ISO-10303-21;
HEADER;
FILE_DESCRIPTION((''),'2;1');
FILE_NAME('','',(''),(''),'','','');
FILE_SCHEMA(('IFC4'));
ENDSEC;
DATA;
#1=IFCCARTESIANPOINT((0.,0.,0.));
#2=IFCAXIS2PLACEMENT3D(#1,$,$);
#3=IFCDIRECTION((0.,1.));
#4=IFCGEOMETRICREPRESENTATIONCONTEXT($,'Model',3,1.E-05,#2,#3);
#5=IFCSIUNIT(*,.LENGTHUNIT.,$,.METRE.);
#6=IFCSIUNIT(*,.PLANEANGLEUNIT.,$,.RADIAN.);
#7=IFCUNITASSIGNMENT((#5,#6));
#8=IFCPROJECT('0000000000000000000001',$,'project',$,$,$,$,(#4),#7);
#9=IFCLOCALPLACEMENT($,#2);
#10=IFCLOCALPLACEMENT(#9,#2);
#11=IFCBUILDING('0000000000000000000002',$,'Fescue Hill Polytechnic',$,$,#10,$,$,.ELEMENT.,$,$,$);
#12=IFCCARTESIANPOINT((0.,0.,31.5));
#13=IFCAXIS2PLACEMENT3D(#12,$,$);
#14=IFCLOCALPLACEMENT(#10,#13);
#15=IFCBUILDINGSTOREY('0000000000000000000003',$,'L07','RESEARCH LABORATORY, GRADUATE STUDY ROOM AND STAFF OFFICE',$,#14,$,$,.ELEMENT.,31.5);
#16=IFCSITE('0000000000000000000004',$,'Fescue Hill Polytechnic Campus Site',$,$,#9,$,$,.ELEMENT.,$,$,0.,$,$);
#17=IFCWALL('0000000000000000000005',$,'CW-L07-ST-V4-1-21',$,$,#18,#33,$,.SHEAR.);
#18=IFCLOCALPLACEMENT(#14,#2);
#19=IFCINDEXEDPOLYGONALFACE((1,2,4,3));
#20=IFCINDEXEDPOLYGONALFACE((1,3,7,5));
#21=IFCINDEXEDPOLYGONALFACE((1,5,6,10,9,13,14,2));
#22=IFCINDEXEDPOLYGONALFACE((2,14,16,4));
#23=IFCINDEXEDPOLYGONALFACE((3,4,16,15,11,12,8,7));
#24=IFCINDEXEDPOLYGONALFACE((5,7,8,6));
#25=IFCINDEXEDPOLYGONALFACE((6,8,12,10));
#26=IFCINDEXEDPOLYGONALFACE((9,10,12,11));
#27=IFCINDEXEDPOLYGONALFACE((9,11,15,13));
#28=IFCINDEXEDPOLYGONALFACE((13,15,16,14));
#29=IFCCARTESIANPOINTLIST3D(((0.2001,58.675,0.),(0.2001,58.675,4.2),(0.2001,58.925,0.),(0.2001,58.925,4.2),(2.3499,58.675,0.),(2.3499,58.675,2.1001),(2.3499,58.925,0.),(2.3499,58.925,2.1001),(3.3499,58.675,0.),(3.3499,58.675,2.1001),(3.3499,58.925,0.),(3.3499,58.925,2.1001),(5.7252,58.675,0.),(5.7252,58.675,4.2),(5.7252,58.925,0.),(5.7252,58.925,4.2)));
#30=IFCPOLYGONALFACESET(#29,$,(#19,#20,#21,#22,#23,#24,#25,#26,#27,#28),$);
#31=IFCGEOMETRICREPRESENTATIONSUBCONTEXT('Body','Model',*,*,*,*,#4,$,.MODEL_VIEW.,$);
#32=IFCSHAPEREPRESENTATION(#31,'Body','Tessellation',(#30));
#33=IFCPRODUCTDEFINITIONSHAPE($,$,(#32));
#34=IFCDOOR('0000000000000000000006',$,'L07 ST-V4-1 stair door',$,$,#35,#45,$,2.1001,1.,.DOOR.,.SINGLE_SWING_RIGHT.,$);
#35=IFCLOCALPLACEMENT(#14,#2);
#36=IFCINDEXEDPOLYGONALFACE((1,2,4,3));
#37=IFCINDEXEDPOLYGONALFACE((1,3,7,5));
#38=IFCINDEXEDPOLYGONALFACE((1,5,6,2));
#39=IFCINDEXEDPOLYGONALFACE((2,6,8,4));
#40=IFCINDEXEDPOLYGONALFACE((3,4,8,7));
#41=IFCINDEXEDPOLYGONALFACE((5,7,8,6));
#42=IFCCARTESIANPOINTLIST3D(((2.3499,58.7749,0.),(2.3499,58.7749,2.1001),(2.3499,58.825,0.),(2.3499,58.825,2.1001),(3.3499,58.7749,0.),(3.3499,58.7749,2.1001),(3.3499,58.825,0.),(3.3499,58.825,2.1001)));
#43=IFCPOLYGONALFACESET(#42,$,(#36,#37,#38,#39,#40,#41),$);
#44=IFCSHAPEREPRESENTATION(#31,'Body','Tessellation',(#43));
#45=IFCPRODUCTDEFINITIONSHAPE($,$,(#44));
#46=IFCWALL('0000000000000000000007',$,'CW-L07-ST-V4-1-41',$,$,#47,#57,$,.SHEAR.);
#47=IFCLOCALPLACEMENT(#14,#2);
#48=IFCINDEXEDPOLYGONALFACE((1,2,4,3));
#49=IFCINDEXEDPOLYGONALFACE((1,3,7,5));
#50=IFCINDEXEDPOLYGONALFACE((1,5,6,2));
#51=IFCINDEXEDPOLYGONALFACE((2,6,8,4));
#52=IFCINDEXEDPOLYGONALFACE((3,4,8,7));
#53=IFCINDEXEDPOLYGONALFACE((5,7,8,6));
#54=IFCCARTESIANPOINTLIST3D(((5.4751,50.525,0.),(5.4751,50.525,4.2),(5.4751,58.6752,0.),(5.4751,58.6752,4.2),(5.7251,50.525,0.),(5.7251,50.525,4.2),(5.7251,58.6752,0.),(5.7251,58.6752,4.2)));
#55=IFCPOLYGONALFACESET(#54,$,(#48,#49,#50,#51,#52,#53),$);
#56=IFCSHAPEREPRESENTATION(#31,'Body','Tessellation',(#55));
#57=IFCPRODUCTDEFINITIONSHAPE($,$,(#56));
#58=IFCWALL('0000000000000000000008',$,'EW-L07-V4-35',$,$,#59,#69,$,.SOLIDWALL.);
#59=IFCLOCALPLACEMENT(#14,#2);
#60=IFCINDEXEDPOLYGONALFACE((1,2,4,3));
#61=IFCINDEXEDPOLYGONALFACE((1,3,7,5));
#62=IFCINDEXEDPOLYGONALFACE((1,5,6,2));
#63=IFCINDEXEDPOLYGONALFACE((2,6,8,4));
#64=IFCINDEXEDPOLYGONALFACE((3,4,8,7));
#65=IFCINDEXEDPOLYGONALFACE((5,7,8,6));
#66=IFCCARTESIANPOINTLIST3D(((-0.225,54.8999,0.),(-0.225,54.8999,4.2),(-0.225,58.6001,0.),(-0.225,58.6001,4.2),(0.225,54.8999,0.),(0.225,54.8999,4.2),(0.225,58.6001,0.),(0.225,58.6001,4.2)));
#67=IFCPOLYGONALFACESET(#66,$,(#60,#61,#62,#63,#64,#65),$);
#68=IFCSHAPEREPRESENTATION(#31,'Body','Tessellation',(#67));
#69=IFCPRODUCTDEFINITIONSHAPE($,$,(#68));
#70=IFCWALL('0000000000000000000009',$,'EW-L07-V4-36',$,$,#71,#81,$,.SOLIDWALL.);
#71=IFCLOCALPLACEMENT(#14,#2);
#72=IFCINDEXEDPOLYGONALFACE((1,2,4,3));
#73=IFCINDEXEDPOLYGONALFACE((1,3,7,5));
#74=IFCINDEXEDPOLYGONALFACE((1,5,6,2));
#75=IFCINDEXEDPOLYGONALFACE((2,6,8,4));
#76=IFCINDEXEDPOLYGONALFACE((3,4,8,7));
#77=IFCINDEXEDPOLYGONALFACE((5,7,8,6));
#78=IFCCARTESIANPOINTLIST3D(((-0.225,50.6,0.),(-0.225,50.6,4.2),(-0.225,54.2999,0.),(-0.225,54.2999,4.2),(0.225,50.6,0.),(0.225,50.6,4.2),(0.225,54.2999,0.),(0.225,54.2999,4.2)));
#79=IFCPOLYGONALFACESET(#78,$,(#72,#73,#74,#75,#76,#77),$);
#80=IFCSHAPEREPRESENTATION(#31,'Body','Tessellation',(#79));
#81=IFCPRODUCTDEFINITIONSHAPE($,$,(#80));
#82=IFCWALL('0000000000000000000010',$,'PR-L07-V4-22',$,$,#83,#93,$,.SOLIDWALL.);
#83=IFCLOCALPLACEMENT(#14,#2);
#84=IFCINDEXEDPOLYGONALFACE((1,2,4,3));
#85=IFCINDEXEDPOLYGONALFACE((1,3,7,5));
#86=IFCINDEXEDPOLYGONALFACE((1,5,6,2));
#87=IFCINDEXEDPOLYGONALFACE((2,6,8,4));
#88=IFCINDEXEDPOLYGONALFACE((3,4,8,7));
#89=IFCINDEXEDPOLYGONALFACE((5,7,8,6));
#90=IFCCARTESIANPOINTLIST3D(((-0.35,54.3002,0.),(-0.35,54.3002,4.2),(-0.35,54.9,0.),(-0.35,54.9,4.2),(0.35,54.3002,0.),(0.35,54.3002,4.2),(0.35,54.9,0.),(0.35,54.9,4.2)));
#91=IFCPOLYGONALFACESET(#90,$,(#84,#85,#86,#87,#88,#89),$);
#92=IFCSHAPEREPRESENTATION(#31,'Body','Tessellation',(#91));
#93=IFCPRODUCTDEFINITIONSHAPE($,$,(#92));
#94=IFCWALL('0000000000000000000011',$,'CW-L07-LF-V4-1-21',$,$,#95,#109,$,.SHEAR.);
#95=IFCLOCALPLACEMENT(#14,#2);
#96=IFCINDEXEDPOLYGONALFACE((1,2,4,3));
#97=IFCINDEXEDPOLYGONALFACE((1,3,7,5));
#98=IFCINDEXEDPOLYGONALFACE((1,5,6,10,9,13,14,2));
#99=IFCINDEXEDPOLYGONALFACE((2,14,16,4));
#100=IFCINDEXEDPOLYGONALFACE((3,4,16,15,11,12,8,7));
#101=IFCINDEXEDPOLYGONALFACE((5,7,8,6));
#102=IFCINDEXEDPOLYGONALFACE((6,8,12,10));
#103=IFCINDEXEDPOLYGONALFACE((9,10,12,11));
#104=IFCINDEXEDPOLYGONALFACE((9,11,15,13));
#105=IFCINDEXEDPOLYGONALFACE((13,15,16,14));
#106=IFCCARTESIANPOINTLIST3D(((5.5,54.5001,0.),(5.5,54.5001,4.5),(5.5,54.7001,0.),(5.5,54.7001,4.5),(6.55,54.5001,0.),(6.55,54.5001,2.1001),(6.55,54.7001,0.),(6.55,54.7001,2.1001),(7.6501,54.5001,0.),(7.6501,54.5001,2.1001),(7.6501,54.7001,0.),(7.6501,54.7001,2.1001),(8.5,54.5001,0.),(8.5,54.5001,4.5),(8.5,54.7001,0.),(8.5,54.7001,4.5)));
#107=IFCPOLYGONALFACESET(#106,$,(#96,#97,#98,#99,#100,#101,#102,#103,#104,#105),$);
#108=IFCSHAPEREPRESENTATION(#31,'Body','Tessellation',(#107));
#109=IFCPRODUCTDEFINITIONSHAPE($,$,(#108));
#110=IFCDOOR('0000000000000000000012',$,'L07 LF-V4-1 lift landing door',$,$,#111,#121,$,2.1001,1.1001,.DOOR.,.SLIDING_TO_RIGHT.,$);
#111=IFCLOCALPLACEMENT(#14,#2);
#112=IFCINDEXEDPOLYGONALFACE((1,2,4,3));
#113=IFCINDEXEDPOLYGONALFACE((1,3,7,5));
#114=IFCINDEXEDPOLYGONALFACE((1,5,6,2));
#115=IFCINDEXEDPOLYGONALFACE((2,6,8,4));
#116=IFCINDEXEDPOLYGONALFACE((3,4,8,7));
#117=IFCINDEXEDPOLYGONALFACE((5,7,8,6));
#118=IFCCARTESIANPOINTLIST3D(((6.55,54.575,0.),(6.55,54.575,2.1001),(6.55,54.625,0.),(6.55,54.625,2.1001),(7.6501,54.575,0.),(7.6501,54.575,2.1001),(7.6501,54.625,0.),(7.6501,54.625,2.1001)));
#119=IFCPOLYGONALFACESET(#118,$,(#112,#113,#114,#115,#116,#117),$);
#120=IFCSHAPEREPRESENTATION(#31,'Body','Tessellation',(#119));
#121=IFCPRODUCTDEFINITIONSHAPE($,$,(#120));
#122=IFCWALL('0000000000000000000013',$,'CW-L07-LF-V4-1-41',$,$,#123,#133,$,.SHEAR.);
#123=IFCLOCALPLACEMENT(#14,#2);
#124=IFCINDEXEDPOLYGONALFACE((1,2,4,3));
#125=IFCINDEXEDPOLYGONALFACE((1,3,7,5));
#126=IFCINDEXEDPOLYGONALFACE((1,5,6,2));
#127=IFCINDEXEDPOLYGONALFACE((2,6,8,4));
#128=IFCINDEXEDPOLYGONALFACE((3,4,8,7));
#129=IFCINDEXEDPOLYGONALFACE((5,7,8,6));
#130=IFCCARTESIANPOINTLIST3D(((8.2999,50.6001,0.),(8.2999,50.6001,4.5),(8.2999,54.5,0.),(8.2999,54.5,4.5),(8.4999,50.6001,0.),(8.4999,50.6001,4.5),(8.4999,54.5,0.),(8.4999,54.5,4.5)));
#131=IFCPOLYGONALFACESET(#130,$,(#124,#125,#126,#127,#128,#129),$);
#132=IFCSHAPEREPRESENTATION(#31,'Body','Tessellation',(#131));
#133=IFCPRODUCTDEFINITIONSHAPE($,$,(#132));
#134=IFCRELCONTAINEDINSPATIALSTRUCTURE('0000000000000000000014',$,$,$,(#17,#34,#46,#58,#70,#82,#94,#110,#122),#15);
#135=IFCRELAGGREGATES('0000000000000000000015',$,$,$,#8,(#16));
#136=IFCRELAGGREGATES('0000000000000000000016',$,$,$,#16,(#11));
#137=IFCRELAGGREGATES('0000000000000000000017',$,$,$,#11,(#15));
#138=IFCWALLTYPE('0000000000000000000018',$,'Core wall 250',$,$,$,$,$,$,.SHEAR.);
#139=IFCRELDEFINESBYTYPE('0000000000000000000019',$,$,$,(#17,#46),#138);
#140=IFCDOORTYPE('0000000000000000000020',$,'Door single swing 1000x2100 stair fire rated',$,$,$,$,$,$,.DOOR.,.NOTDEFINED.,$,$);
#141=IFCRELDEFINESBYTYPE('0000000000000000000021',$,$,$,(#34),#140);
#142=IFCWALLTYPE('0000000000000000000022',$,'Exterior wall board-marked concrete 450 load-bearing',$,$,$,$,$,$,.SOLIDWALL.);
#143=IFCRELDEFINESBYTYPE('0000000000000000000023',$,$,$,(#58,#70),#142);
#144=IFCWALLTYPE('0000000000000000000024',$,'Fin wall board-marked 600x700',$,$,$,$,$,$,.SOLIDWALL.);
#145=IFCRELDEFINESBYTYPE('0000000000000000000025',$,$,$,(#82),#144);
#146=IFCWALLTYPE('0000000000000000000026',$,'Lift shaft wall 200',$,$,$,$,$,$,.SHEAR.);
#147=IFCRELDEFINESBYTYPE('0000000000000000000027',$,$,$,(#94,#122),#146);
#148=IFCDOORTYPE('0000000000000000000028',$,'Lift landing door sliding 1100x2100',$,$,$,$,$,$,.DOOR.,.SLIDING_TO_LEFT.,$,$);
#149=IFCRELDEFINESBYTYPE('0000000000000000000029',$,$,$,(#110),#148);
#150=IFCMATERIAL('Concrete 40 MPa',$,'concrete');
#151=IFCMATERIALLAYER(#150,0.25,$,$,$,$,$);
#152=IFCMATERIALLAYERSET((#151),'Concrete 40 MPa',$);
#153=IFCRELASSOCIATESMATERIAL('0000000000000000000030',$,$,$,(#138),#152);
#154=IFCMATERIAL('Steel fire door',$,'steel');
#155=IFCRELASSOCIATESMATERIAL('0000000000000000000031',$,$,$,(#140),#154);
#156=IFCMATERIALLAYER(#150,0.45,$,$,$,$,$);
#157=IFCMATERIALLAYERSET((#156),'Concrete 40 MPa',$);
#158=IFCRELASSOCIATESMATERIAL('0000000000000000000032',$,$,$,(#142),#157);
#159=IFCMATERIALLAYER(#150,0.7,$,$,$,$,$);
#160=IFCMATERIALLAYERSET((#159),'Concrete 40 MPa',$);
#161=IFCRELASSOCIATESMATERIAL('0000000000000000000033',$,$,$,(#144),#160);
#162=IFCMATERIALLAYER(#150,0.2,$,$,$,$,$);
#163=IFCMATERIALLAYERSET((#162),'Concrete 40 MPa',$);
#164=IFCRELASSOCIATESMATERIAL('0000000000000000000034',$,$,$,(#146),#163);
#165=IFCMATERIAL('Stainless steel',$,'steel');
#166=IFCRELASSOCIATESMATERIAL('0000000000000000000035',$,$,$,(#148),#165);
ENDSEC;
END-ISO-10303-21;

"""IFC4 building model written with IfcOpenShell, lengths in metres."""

from ifc_helpers import new_model, si_unit, direction, frame, frame_2d, origin, place, context, subcontext, project, spatial, rectangle, extrude, material, layer, layer_set, type_object, element, fill, save


model = new_model("IFC4")

# Units and contexts
model_context = context("Model", 3, precision=1e-05, world=origin(), true_north=direction((0.0, 1.0)))
body_context = subcontext(model_context, "Body", "Model", "MODEL_VIEW")
ifc_project = project(units=[si_unit("LENGTHUNIT", "METRE"), si_unit("PLANEANGLEUNIT", "RADIAN")], contexts=[model_context])

# Site, building, storey
site_placement = place(None, origin())
site = spatial("IfcSite", under=ifc_project, at=site_placement, Name="Fescue Hill Polytechnic Campus Site", CompositionType="ELEMENT", RefElevation=0.0)
building_placement = place(site_placement, origin())
building = spatial("IfcBuilding", under=site, at=building_placement, Name="Fescue Hill Polytechnic", CompositionType="ELEMENT")
storey_placement = place(building_placement, frame((0.0, 0.0, 31.5)))
storey = spatial("IfcBuildingStorey", under=building, at=storey_placement, Name="L07", Description="RESEARCH LABORATORY, GRADUATE STUDY ROOM AND STAFF OFFICE", CompositionType="ELEMENT", Elevation=31.5)

# Shared definitions
ifc_material_1 = material(Name="Concrete 40 MPa", Category="concrete")

# Wall, opening, door
ifc_layer_1 = layer(ifc_material_1, 0.25)
ifc_layer_set_1 = layer_set([ifc_layer_1], Name="Concrete 40 MPa")
wall_type_1 = type_object("IfcWallType", Name="Core wall 250", PredefinedType="SHEAR", material=ifc_layer_set_1)
wall_1_placement = place(storey_placement, frame((0.2, 58.8, 0.0), z_axis=(0.0, 0.0, 1.0), x_axis=(1.0, 0.0, 0.0)))
wall_1 = element("IfcWall", 1, at=wall_1_placement, inside=storey, type_object=wall_type_1, Name="CW-L07-ST-V4-1-21", PredefinedType="SHEAR", context=body_context, shape_type="SweptSolid", body=[
    extrude(rectangle(XDim=5.5251, YDim=0.25, at=frame_2d((2.7627, 0.0))), origin(), (0.0, 0.0, 1.0), 4.2),
])
opening_1_placement = place(wall_1_placement, frame((2.1499, 0.0, 0.0)))
opening_1 = element("IfcOpeningElement", 2, at=opening_1_placement, cuts=wall_1, PredefinedType="OPENING", context=body_context, shape_type="SweptSolid", body=[
    extrude(rectangle(XDim=1.0, YDim=2.1001, at=frame_2d((0.5, 1.05))), frame((0.0, 0.135, 0.0), z_axis=(0.0, -1.0, 0.0), x_axis=(1.0, 0.0, 0.0)), (0.0, 0.0, 1.0), 0.27),
])
ifc_material_2 = material(Name="Steel fire door", Category="steel")
door_type_1 = type_object("IfcDoorType", Name="Door single swing 1000x2100 stair fire rated", OperationType="NOTDEFINED", PredefinedType="DOOR", material=ifc_material_2)
door_1_placement = place(opening_1_placement, origin())
door_1 = element("IfcDoor", 3, at=door_1_placement, inside=storey, type_object=door_type_1, Name="L07 ST-V4-1 stair door", OperationType="SINGLE_SWING_RIGHT", OverallHeight=2.1001, OverallWidth=1.0, PredefinedType="DOOR", context=body_context, shape_type="SweptSolid", body=[
    extrude(rectangle(XDim=1.0, YDim=2.1001, at=frame_2d((0.5, 1.05))), frame((0.0, 0.0249, 0.0), z_axis=(0.0, -1.0, 0.0), x_axis=(1.0, 0.0, 0.0)), (0.0, 0.0, 1.0), 0.05),
])
fill(opening_1, door_1)

# Walls
wall_2_placement = place(storey_placement, frame((5.6001, 50.5249, 0.0), z_axis=(0.0, 0.0, 1.0), x_axis=(0.0, 1.0, 0.0)))
element("IfcWall", 4, at=wall_2_placement, inside=storey, type_object=wall_type_1, Name="CW-L07-ST-V4-1-41", PredefinedType="SHEAR", context=body_context, shape_type="SweptSolid", body=[
    extrude(rectangle(XDim=8.1501, YDim=0.25, at=frame_2d((4.0752, 0.0))), origin(), (0.0, 0.0, 1.0), 4.2),
])
ifc_layer_2 = layer(ifc_material_1, 0.45)
ifc_layer_set_2 = layer_set([ifc_layer_2], Name="Concrete 40 MPa")
wall_type_2 = type_object("IfcWallType", Name="Exterior wall board-marked concrete 450 load-bearing", PredefinedType="SOLIDWALL", material=ifc_layer_set_2)
wall_3_placement = place(storey_placement, frame((0.0, 58.6001, 0.0), z_axis=(0.0, 0.0, 1.0), x_axis=(0.0, -1.0, 0.0)))
element("IfcWall", 5, at=wall_3_placement, inside=storey, type_object=wall_type_2, Name="EW-L07-V4-35", PredefinedType="SOLIDWALL", context=body_context, shape_type="SweptSolid", body=[
    extrude(rectangle(XDim=3.7002, YDim=0.45, at=frame_2d((1.8501, 0.0))), origin(), (0.0, 0.0, 1.0), 4.2),
])
wall_4_placement = place(storey_placement, frame((0.0, 54.3, 0.0), z_axis=(0.0, 0.0, 1.0), x_axis=(0.0, -1.0, 0.0)))
element("IfcWall", 6, at=wall_4_placement, inside=storey, type_object=wall_type_2, Name="EW-L07-V4-36", PredefinedType="SOLIDWALL", context=body_context, shape_type="SweptSolid", body=[
    extrude(rectangle(XDim=3.7, YDim=0.45, at=frame_2d((1.8501, 0.0))), origin(), (0.0, 0.0, 1.0), 4.2),
])
ifc_layer_3 = layer(ifc_material_1, 0.7)
ifc_layer_set_3 = layer_set([ifc_layer_3], Name="Concrete 40 MPa")
wall_type_3 = type_object("IfcWallType", Name="Fin wall board-marked 600x700", PredefinedType="SOLIDWALL", material=ifc_layer_set_3)
wall_5_placement = place(storey_placement, frame((0.0, 54.8999, 0.0), z_axis=(0.0, 0.0, 1.0), x_axis=(0.0, -1.0, 0.0)))
element("IfcWall", 7, at=wall_5_placement, inside=storey, type_object=wall_type_3, Name="PR-L07-V4-22", PredefinedType="SOLIDWALL", context=body_context, shape_type="SweptSolid", body=[
    extrude(rectangle(XDim=0.5999, YDim=0.7, at=frame_2d((0.2998, 0.0))), origin(), (0.0, 0.0, 1.0), 4.2),
])

# Wall, opening, door
ifc_layer_4 = layer(ifc_material_1, 0.2)
ifc_layer_set_4 = layer_set([ifc_layer_4], Name="Concrete 40 MPa")
wall_type_4 = type_object("IfcWallType", Name="Lift shaft wall 200", PredefinedType="SHEAR", material=ifc_layer_set_4)
wall_6_placement = place(storey_placement, frame((5.5, 54.6001, 0.0), z_axis=(0.0, 0.0, 1.0), x_axis=(1.0, 0.0, 0.0)))
wall_6 = element("IfcWall", 8, at=wall_6_placement, inside=storey, type_object=wall_type_4, Name="CW-L07-LF-V4-1-21", PredefinedType="SHEAR", context=body_context, shape_type="SweptSolid", body=[
    extrude(rectangle(XDim=3.0, YDim=0.2, at=frame_2d((1.5, 0.0))), origin(), (0.0, 0.0, 1.0), 4.5),
])
opening_2_placement = place(wall_6_placement, frame((1.05, 0.0, 0.0)))
opening_2 = element("IfcOpeningElement", 9, at=opening_2_placement, cuts=wall_6, PredefinedType="OPENING", context=body_context, shape_type="SweptSolid", body=[
    extrude(rectangle(XDim=1.1001, YDim=2.1001, at=frame_2d((0.55, 1.05))), frame((0.0, 0.1099, 0.0), z_axis=(0.0, -1.0, 0.0), x_axis=(1.0, 0.0, 0.0)), (0.0, 0.0, 1.0), 0.22),
])
ifc_material_3 = material(Name="Stainless steel", Category="steel")
door_type_2 = type_object("IfcDoorType", Name="Lift landing door sliding 1100x2100", OperationType="SLIDING_TO_LEFT", PredefinedType="DOOR", material=ifc_material_3)
door_2_placement = place(opening_2_placement, origin())
door_2 = element("IfcDoor", 10, at=door_2_placement, inside=storey, type_object=door_type_2, Name="L07 LF-V4-1 lift landing door", OperationType="SLIDING_TO_RIGHT", OverallHeight=2.1001, OverallWidth=1.1001, PredefinedType="DOOR", context=body_context, shape_type="SweptSolid", body=[
    extrude(rectangle(XDim=1.1001, YDim=2.1001, at=frame_2d((0.55, 1.05))), frame((0.0, 0.0249, 0.0), z_axis=(0.0, -1.0, 0.0), x_axis=(1.0, 0.0, 0.0)), (0.0, 0.0, 1.0), 0.05),
])
fill(opening_2, door_2)

# Wall
wall_7_placement = place(storey_placement, frame((8.3999, 50.6001, 0.0), z_axis=(0.0, 0.0, 1.0), x_axis=(0.0, 1.0, 0.0)))
element("IfcWall", 11, at=wall_7_placement, inside=storey, type_object=wall_type_4, Name="CW-L07-LF-V4-1-41", PredefinedType="SHEAR", context=body_context, shape_type="SweptSolid", body=[
    extrude(rectangle(XDim=3.8999, YDim=0.2, at=frame_2d((1.95, 0.0))), origin(), (0.0, 0.0, 1.0), 4.5),
])

save(model, "model.ifc")
